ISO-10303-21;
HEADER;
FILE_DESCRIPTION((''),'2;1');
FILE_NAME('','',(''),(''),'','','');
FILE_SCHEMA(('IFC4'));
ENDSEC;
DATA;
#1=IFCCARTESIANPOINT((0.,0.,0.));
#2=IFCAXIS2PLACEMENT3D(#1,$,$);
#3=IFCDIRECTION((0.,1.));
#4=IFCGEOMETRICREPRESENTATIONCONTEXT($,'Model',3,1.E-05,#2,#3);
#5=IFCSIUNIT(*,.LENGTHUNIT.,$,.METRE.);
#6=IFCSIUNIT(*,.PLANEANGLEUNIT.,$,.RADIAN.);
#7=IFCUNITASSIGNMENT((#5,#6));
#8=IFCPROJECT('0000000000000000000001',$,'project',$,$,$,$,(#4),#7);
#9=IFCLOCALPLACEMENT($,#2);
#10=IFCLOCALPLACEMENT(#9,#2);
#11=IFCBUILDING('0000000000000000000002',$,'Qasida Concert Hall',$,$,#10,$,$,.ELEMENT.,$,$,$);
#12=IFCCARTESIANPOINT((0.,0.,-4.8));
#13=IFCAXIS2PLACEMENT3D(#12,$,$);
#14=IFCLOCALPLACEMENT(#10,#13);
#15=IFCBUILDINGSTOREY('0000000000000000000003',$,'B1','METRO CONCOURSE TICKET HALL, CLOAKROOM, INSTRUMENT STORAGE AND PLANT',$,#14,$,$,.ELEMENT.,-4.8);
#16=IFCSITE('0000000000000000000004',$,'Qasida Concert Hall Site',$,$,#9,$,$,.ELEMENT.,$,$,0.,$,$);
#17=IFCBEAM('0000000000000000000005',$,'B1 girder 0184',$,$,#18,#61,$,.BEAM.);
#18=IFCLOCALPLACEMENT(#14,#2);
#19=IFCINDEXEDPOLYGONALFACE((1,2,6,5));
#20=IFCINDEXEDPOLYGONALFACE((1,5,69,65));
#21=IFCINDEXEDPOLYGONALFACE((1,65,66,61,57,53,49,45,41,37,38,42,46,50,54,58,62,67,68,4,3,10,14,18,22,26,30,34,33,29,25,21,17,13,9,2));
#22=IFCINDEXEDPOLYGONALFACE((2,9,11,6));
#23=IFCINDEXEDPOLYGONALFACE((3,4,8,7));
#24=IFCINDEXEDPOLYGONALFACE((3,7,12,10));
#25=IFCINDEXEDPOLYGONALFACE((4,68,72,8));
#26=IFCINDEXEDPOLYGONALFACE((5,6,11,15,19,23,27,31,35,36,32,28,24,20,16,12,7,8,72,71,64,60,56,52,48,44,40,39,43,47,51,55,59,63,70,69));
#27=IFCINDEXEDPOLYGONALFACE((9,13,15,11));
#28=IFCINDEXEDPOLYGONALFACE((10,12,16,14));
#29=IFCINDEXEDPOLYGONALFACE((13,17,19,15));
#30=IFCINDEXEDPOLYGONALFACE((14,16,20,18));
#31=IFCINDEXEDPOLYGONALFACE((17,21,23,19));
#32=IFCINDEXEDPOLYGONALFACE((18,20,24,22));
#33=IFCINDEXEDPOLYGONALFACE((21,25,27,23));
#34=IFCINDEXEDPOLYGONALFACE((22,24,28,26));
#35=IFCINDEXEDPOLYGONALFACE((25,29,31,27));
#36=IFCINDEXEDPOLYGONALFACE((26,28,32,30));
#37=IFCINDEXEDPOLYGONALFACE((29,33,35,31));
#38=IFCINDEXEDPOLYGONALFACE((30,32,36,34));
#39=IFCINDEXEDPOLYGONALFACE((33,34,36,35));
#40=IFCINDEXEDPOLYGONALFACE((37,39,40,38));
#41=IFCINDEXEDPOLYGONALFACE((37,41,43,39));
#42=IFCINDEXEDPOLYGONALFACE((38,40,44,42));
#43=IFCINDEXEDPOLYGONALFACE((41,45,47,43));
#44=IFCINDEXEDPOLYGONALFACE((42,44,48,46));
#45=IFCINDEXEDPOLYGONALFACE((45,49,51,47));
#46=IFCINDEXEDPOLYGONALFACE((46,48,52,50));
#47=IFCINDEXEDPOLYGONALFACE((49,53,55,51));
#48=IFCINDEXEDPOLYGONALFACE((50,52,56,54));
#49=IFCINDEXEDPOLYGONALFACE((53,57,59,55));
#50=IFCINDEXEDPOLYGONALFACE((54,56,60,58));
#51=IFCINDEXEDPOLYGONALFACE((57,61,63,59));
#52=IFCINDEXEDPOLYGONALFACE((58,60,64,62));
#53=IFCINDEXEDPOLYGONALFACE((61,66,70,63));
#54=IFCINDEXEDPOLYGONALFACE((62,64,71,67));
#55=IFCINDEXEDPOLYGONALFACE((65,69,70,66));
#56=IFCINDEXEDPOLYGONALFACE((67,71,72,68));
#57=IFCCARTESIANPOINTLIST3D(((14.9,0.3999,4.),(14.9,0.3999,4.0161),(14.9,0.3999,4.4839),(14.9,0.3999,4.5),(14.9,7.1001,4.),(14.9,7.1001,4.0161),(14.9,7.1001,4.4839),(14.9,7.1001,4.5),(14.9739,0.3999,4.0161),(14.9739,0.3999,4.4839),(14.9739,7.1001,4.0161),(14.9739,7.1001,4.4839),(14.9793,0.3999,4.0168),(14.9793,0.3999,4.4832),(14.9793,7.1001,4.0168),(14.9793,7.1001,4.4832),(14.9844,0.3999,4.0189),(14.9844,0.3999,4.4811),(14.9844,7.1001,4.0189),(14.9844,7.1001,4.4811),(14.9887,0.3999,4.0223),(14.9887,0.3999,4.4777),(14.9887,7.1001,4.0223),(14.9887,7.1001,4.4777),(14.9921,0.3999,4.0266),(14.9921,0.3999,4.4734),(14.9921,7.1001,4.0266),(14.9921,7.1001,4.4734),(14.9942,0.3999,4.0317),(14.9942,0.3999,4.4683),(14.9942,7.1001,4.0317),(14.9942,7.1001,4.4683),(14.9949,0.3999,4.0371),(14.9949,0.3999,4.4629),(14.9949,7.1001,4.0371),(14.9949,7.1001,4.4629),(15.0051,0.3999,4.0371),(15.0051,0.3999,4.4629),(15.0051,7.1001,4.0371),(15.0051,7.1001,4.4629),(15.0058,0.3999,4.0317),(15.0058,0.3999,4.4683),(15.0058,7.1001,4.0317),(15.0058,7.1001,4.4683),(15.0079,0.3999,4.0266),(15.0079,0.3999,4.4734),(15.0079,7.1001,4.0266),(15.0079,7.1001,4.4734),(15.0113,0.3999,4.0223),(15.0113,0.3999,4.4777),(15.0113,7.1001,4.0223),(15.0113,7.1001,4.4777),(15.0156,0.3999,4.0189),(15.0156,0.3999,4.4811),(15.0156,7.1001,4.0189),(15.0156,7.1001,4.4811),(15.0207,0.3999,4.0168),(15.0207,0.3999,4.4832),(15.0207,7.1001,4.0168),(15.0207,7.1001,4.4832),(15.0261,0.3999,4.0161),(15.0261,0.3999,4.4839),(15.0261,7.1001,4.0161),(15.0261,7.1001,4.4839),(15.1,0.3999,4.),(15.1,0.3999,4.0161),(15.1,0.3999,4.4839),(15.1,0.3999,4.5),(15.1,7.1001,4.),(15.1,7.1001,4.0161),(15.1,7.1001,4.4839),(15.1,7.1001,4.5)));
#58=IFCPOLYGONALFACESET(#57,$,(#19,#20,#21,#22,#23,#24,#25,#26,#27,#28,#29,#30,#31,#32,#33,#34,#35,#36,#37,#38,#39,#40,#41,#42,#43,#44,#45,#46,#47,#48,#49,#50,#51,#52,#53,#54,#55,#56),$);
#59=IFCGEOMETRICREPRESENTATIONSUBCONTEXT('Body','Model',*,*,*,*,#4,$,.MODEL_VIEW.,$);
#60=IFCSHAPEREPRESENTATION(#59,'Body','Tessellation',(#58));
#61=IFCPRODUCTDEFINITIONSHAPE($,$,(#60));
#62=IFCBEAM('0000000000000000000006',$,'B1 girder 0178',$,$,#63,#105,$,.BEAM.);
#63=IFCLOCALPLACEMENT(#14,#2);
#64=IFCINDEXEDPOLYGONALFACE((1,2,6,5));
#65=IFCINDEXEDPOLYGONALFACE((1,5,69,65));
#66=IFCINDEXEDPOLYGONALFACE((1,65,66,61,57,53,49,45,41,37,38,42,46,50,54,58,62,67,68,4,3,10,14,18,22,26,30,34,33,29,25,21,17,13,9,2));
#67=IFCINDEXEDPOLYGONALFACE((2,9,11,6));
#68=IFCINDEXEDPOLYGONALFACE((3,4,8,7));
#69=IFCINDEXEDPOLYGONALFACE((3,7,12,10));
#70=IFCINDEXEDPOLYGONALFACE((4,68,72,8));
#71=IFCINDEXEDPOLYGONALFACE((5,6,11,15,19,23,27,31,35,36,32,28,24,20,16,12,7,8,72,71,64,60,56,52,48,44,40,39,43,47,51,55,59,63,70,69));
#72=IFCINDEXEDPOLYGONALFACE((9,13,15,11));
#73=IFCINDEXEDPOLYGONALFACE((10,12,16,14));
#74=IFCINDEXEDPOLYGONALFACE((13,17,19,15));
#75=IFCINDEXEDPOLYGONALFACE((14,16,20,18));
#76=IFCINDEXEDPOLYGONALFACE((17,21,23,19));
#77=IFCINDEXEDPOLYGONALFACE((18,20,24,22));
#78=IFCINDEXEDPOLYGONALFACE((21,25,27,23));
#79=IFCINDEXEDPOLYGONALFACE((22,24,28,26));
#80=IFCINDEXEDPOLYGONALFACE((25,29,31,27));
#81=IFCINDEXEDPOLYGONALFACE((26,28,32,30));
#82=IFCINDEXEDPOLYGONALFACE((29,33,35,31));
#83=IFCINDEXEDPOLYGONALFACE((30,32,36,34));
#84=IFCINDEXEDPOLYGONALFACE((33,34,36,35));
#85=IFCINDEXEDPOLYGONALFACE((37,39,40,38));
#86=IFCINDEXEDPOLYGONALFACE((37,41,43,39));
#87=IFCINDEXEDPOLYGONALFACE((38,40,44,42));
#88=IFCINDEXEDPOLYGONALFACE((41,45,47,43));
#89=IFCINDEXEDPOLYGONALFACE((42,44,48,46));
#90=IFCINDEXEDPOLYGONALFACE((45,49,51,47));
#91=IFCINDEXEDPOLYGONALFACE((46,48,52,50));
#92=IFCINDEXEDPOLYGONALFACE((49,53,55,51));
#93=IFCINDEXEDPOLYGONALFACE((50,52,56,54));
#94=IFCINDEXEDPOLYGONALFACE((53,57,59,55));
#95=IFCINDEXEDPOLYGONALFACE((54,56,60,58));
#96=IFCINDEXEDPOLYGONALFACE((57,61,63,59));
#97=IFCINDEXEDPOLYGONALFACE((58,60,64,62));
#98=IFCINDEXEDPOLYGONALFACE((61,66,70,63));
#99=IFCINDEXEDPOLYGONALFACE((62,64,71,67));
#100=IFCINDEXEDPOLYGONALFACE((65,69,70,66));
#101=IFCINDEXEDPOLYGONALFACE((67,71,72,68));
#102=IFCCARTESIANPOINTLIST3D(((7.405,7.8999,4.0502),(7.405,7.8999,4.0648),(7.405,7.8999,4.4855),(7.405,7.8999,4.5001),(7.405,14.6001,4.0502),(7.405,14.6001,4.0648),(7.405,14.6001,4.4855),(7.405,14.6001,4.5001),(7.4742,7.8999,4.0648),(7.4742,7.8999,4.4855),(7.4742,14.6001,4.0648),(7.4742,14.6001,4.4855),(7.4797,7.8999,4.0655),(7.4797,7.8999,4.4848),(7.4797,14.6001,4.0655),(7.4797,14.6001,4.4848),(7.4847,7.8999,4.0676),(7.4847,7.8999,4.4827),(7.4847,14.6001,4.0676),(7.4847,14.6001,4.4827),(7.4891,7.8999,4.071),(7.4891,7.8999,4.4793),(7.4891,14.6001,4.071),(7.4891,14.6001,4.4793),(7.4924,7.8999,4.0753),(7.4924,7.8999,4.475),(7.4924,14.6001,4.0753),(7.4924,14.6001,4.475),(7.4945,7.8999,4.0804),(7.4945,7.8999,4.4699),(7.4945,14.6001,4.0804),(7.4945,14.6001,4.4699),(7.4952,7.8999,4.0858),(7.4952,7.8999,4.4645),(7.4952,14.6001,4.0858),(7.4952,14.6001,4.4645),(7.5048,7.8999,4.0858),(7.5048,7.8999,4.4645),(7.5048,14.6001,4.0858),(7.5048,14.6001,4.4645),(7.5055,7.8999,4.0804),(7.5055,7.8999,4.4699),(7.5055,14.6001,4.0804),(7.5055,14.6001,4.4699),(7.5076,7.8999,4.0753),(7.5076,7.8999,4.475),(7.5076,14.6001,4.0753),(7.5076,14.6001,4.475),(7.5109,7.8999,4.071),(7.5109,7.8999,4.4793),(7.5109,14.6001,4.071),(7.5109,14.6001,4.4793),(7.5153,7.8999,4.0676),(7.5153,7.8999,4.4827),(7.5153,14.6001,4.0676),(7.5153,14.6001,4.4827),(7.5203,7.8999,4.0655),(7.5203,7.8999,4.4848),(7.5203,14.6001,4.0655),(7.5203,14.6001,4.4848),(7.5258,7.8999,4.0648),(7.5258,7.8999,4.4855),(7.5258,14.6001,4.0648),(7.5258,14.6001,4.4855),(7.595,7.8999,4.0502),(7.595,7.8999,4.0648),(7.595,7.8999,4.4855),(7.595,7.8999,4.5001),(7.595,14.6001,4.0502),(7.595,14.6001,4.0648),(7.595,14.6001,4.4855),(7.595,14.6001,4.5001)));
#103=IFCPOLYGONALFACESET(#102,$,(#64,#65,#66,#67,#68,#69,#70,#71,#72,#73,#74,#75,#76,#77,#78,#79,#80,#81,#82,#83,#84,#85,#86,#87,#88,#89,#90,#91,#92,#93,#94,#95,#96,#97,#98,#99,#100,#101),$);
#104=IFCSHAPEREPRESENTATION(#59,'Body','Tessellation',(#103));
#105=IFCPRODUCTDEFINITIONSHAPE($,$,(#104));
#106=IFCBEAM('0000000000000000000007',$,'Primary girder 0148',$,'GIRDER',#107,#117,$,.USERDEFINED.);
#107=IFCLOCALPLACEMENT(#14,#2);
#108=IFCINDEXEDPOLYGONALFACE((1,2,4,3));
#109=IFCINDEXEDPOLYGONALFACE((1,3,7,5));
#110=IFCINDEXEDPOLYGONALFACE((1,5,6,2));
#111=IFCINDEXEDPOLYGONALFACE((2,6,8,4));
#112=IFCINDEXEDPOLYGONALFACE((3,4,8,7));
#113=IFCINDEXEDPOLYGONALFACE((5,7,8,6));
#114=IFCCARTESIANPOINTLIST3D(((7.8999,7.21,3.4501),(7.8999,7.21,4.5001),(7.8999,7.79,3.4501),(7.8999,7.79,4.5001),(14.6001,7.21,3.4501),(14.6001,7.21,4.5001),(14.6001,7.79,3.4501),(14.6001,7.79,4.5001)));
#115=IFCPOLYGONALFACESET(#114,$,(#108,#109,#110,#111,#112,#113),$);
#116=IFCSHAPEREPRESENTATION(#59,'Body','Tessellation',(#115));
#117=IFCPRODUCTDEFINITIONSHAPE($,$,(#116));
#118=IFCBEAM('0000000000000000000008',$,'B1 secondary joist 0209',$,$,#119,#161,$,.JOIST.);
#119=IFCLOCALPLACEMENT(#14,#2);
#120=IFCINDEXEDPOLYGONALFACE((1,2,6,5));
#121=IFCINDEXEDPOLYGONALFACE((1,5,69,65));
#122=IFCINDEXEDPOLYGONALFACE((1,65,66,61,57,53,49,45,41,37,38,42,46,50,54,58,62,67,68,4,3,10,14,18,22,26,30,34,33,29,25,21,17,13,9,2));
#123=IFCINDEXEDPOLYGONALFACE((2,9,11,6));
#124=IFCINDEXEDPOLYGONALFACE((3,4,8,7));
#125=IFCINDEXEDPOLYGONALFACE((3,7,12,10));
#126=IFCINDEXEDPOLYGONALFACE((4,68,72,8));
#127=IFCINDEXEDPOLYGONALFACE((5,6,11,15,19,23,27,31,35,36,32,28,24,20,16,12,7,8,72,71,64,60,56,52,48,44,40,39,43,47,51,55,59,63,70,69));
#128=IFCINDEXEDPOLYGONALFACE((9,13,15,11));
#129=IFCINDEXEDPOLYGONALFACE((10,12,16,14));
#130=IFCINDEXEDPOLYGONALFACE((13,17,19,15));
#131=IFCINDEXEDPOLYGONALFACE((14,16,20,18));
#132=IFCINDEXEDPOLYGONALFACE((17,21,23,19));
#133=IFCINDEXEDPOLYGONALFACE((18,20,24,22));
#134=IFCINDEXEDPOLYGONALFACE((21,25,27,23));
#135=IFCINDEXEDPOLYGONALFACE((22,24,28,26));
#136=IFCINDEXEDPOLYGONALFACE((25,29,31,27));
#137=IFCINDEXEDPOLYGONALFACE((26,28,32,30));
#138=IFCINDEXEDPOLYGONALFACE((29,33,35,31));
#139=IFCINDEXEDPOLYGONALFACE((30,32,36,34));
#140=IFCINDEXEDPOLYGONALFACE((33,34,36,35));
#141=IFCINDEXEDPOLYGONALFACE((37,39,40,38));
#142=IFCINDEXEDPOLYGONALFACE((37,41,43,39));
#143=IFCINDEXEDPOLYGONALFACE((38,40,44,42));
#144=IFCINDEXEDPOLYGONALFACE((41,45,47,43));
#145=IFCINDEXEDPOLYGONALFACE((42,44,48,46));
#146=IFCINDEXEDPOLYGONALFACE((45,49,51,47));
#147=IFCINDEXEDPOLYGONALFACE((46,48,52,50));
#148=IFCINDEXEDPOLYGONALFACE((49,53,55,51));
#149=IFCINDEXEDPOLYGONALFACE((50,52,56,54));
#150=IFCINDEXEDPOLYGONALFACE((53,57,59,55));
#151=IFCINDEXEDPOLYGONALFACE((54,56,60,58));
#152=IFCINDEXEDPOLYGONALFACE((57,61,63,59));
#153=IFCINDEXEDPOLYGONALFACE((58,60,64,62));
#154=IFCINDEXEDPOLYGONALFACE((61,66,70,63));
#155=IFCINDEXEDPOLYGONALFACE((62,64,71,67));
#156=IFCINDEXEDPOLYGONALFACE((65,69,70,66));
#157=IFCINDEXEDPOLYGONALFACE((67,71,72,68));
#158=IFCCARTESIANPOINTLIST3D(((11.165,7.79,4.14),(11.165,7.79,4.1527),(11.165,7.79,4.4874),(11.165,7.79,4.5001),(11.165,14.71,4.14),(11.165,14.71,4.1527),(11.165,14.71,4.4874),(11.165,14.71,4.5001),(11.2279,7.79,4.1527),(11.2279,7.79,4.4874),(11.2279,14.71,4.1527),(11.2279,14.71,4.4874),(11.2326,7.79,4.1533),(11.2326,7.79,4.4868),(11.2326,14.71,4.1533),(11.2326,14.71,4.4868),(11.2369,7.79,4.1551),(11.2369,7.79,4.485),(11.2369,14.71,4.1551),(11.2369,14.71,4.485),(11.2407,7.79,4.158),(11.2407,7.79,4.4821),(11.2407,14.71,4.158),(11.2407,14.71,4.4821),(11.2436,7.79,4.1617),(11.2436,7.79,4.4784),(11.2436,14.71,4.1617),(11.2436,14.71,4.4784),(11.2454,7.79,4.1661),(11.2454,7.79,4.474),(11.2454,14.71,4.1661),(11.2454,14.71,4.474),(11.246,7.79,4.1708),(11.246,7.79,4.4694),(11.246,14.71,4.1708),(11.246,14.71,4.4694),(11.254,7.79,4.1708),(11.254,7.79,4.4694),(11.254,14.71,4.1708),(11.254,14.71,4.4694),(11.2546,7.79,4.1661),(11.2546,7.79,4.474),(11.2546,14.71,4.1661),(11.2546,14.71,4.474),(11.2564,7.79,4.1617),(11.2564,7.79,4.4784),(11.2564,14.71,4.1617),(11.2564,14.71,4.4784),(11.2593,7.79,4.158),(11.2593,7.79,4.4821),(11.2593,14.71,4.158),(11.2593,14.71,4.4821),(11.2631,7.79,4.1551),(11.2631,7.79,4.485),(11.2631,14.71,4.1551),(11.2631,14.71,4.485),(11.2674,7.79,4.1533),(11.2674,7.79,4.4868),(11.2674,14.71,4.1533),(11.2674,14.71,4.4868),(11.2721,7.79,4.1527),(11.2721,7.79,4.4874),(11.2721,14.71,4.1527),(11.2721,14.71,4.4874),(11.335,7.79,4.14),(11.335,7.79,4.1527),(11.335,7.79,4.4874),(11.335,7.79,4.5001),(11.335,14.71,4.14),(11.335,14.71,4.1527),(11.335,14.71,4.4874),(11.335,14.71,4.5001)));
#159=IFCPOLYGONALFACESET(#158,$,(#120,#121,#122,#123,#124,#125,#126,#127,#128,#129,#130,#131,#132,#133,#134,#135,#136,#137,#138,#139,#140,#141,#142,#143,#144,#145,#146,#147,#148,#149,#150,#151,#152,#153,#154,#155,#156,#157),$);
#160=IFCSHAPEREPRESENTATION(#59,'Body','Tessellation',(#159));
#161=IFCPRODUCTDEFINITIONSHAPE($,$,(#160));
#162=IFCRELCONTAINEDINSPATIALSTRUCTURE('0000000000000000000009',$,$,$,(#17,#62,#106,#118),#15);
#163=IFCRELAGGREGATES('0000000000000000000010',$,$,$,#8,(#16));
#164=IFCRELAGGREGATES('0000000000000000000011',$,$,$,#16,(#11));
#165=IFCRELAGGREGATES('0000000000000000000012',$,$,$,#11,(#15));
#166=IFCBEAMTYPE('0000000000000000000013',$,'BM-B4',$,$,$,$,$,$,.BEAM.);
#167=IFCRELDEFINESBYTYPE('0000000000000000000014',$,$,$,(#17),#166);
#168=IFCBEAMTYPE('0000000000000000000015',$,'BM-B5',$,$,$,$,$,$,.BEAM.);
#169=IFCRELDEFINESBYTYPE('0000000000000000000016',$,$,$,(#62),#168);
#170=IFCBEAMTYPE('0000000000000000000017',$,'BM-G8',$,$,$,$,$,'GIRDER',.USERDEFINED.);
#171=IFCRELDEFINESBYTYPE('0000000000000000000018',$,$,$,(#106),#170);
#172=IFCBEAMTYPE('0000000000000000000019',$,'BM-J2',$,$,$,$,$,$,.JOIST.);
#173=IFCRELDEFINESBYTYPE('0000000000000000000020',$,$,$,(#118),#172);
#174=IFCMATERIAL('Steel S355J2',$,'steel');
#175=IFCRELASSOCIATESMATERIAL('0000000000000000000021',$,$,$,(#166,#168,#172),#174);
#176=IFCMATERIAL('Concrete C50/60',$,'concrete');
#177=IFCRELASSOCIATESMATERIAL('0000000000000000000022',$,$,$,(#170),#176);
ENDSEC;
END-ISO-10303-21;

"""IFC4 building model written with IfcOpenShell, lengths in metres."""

from ifc_helpers import new_model, si_unit, direction, frame, origin, origin_2d, place, context, subcontext, project, spatial, rectangle, i_section, extrude, material, material_profile, profile_set, type_object, element, save


model = new_model("IFC4")

# Units and contexts
model_context = context("Model", 3, precision=1e-05, world=origin(), true_north=direction((0.0, 1.0)))
body_context = subcontext(model_context, "Body", "Model", "MODEL_VIEW")
ifc_project = project(units=[si_unit("LENGTHUNIT", "METRE"), si_unit("PLANEANGLEUNIT", "RADIAN")], contexts=[model_context])

# Site, building, storey
site_placement = place(None, origin())
site = spatial("IfcSite", under=ifc_project, at=site_placement, Name="Qasida Concert Hall Site", CompositionType="ELEMENT", RefElevation=0.0)
building_placement = place(site_placement, origin())
building = spatial("IfcBuilding", under=site, at=building_placement, Name="Qasida Concert Hall", CompositionType="ELEMENT")
storey_placement = place(building_placement, frame((0.0, 0.0, -4.8)))
storey = spatial("IfcBuildingStorey", under=building, at=storey_placement, Name="B1", Description="METRO CONCOURSE TICKET HALL, CLOAKROOM, INSTRUMENT STORAGE AND PLANT", CompositionType="ELEMENT", Elevation=-4.8)

# Shared definitions
ifc_material_1 = material(Name="Concrete C50/60", Category="concrete")

# Beams
ifc_material_2 = material(Name="Steel S355J2", Category="steel")
ifc_material_profile_1 = material_profile(ifc_material_2, i_section(OverallWidth=0.2, OverallDepth=0.5, WebThickness=0.0103, FlangeThickness=0.0161, FilletRadius=0.021, at=origin_2d()), Name="IPE 500")
ifc_profile_set_1 = profile_set([ifc_material_profile_1], Name="Steel S355J2")
beam_type_1 = type_object("IfcBeamType", Name="BM-B4", PredefinedType="BEAM", material=ifc_profile_set_1)
beam_1_placement = place(storey_placement, frame((15.0, 0.3999, 4.25), z_axis=(0.0, 1.0, 0.0), x_axis=(-1.0, 0.0, 0.0)))
element("IfcBeam", 1, at=beam_1_placement, inside=storey, type_object=beam_type_1, Name="B1 girder 0184", PredefinedType="BEAM", context=body_context, shape_type="SweptSolid", body=[
    extrude(i_section(OverallWidth=0.2, OverallDepth=0.5, WebThickness=0.0103, FlangeThickness=0.0161, FilletRadius=0.021, at=origin_2d()), origin(), (0.0, 0.0, 1.0), 6.7002),
])
ifc_material_profile_2 = material_profile(ifc_material_2, i_section(OverallWidth=0.1899, OverallDepth=0.45, WebThickness=0.0095, FlangeThickness=0.0146, FilletRadius=0.021, at=origin_2d()), Name="IPE 450")
ifc_profile_set_2 = profile_set([ifc_material_profile_2], Name="Steel S355J2")
beam_type_2 = type_object("IfcBeamType", Name="BM-B5", PredefinedType="BEAM", material=ifc_profile_set_2)
beam_2_placement = place(storey_placement, frame((7.5, 7.8999, 4.2751), z_axis=(0.0, 1.0, 0.0), x_axis=(-1.0, 0.0, 0.0)))
element("IfcBeam", 2, at=beam_2_placement, inside=storey, type_object=beam_type_2, Name="B1 girder 0178", PredefinedType="BEAM", context=body_context, shape_type="SweptSolid", body=[
    extrude(i_section(OverallWidth=0.1899, OverallDepth=0.45, WebThickness=0.0095, FlangeThickness=0.0146, FilletRadius=0.021, at=origin_2d()), origin(), (0.0, 0.0, 1.0), 6.7002),
])
ifc_material_profile_3 = material_profile(ifc_material_1, rectangle(XDim=0.5801, YDim=1.05, at=origin_2d()), Name="RC 580x1050")
ifc_profile_set_3 = profile_set([ifc_material_profile_3], Name="Concrete C50/60")
beam_type_3 = type_object("IfcBeamType", Name="BM-G8", ElementType="GIRDER", PredefinedType="USERDEFINED", material=ifc_profile_set_3)
beam_3_placement = place(storey_placement, frame((7.8999, 7.5, 3.9751), z_axis=(1.0, 0.0, 0.0), x_axis=(0.0, 1.0, 0.0)))
element("IfcBeam", 3, at=beam_3_placement, inside=storey, type_object=beam_type_3, Name="Primary girder 0148", ObjectType="GIRDER", PredefinedType="USERDEFINED", context=body_context, shape_type="SweptSolid", body=[
    extrude(rectangle(XDim=0.5801, YDim=1.05, at=origin_2d()), origin(), (0.0, 0.0, 1.0), 6.7002),
])
ifc_material_profile_4 = material_profile(ifc_material_2, i_section(OverallWidth=0.1699, OverallDepth=0.3601, WebThickness=0.0081, FlangeThickness=0.0127, FilletRadius=0.0181, at=origin_2d()), Name="IPE 360")
ifc_profile_set_4 = profile_set([ifc_material_profile_4], Name="Steel S355J2")
beam_type_4 = type_object("IfcBeamType", Name="BM-J2", PredefinedType="JOIST", material=ifc_profile_set_4)
beam_4_placement = place(storey_placement, frame((11.25, 7.79, 4.3201), z_axis=(0.0, 1.0, 0.0), x_axis=(-1.0, 0.0, 0.0)))
element("IfcBeam", 4, at=beam_4_placement, inside=storey, type_object=beam_type_4, Name="B1 secondary joist 0209", PredefinedType="JOIST", context=body_context, shape_type="SweptSolid", body=[
    extrude(i_section(OverallWidth=0.1699, OverallDepth=0.3601, WebThickness=0.0081, FlangeThickness=0.0127, FilletRadius=0.0181, at=origin_2d()), origin(), (0.0, 0.0, 1.0), 6.9199),
])

save(model, "model.ifc")
